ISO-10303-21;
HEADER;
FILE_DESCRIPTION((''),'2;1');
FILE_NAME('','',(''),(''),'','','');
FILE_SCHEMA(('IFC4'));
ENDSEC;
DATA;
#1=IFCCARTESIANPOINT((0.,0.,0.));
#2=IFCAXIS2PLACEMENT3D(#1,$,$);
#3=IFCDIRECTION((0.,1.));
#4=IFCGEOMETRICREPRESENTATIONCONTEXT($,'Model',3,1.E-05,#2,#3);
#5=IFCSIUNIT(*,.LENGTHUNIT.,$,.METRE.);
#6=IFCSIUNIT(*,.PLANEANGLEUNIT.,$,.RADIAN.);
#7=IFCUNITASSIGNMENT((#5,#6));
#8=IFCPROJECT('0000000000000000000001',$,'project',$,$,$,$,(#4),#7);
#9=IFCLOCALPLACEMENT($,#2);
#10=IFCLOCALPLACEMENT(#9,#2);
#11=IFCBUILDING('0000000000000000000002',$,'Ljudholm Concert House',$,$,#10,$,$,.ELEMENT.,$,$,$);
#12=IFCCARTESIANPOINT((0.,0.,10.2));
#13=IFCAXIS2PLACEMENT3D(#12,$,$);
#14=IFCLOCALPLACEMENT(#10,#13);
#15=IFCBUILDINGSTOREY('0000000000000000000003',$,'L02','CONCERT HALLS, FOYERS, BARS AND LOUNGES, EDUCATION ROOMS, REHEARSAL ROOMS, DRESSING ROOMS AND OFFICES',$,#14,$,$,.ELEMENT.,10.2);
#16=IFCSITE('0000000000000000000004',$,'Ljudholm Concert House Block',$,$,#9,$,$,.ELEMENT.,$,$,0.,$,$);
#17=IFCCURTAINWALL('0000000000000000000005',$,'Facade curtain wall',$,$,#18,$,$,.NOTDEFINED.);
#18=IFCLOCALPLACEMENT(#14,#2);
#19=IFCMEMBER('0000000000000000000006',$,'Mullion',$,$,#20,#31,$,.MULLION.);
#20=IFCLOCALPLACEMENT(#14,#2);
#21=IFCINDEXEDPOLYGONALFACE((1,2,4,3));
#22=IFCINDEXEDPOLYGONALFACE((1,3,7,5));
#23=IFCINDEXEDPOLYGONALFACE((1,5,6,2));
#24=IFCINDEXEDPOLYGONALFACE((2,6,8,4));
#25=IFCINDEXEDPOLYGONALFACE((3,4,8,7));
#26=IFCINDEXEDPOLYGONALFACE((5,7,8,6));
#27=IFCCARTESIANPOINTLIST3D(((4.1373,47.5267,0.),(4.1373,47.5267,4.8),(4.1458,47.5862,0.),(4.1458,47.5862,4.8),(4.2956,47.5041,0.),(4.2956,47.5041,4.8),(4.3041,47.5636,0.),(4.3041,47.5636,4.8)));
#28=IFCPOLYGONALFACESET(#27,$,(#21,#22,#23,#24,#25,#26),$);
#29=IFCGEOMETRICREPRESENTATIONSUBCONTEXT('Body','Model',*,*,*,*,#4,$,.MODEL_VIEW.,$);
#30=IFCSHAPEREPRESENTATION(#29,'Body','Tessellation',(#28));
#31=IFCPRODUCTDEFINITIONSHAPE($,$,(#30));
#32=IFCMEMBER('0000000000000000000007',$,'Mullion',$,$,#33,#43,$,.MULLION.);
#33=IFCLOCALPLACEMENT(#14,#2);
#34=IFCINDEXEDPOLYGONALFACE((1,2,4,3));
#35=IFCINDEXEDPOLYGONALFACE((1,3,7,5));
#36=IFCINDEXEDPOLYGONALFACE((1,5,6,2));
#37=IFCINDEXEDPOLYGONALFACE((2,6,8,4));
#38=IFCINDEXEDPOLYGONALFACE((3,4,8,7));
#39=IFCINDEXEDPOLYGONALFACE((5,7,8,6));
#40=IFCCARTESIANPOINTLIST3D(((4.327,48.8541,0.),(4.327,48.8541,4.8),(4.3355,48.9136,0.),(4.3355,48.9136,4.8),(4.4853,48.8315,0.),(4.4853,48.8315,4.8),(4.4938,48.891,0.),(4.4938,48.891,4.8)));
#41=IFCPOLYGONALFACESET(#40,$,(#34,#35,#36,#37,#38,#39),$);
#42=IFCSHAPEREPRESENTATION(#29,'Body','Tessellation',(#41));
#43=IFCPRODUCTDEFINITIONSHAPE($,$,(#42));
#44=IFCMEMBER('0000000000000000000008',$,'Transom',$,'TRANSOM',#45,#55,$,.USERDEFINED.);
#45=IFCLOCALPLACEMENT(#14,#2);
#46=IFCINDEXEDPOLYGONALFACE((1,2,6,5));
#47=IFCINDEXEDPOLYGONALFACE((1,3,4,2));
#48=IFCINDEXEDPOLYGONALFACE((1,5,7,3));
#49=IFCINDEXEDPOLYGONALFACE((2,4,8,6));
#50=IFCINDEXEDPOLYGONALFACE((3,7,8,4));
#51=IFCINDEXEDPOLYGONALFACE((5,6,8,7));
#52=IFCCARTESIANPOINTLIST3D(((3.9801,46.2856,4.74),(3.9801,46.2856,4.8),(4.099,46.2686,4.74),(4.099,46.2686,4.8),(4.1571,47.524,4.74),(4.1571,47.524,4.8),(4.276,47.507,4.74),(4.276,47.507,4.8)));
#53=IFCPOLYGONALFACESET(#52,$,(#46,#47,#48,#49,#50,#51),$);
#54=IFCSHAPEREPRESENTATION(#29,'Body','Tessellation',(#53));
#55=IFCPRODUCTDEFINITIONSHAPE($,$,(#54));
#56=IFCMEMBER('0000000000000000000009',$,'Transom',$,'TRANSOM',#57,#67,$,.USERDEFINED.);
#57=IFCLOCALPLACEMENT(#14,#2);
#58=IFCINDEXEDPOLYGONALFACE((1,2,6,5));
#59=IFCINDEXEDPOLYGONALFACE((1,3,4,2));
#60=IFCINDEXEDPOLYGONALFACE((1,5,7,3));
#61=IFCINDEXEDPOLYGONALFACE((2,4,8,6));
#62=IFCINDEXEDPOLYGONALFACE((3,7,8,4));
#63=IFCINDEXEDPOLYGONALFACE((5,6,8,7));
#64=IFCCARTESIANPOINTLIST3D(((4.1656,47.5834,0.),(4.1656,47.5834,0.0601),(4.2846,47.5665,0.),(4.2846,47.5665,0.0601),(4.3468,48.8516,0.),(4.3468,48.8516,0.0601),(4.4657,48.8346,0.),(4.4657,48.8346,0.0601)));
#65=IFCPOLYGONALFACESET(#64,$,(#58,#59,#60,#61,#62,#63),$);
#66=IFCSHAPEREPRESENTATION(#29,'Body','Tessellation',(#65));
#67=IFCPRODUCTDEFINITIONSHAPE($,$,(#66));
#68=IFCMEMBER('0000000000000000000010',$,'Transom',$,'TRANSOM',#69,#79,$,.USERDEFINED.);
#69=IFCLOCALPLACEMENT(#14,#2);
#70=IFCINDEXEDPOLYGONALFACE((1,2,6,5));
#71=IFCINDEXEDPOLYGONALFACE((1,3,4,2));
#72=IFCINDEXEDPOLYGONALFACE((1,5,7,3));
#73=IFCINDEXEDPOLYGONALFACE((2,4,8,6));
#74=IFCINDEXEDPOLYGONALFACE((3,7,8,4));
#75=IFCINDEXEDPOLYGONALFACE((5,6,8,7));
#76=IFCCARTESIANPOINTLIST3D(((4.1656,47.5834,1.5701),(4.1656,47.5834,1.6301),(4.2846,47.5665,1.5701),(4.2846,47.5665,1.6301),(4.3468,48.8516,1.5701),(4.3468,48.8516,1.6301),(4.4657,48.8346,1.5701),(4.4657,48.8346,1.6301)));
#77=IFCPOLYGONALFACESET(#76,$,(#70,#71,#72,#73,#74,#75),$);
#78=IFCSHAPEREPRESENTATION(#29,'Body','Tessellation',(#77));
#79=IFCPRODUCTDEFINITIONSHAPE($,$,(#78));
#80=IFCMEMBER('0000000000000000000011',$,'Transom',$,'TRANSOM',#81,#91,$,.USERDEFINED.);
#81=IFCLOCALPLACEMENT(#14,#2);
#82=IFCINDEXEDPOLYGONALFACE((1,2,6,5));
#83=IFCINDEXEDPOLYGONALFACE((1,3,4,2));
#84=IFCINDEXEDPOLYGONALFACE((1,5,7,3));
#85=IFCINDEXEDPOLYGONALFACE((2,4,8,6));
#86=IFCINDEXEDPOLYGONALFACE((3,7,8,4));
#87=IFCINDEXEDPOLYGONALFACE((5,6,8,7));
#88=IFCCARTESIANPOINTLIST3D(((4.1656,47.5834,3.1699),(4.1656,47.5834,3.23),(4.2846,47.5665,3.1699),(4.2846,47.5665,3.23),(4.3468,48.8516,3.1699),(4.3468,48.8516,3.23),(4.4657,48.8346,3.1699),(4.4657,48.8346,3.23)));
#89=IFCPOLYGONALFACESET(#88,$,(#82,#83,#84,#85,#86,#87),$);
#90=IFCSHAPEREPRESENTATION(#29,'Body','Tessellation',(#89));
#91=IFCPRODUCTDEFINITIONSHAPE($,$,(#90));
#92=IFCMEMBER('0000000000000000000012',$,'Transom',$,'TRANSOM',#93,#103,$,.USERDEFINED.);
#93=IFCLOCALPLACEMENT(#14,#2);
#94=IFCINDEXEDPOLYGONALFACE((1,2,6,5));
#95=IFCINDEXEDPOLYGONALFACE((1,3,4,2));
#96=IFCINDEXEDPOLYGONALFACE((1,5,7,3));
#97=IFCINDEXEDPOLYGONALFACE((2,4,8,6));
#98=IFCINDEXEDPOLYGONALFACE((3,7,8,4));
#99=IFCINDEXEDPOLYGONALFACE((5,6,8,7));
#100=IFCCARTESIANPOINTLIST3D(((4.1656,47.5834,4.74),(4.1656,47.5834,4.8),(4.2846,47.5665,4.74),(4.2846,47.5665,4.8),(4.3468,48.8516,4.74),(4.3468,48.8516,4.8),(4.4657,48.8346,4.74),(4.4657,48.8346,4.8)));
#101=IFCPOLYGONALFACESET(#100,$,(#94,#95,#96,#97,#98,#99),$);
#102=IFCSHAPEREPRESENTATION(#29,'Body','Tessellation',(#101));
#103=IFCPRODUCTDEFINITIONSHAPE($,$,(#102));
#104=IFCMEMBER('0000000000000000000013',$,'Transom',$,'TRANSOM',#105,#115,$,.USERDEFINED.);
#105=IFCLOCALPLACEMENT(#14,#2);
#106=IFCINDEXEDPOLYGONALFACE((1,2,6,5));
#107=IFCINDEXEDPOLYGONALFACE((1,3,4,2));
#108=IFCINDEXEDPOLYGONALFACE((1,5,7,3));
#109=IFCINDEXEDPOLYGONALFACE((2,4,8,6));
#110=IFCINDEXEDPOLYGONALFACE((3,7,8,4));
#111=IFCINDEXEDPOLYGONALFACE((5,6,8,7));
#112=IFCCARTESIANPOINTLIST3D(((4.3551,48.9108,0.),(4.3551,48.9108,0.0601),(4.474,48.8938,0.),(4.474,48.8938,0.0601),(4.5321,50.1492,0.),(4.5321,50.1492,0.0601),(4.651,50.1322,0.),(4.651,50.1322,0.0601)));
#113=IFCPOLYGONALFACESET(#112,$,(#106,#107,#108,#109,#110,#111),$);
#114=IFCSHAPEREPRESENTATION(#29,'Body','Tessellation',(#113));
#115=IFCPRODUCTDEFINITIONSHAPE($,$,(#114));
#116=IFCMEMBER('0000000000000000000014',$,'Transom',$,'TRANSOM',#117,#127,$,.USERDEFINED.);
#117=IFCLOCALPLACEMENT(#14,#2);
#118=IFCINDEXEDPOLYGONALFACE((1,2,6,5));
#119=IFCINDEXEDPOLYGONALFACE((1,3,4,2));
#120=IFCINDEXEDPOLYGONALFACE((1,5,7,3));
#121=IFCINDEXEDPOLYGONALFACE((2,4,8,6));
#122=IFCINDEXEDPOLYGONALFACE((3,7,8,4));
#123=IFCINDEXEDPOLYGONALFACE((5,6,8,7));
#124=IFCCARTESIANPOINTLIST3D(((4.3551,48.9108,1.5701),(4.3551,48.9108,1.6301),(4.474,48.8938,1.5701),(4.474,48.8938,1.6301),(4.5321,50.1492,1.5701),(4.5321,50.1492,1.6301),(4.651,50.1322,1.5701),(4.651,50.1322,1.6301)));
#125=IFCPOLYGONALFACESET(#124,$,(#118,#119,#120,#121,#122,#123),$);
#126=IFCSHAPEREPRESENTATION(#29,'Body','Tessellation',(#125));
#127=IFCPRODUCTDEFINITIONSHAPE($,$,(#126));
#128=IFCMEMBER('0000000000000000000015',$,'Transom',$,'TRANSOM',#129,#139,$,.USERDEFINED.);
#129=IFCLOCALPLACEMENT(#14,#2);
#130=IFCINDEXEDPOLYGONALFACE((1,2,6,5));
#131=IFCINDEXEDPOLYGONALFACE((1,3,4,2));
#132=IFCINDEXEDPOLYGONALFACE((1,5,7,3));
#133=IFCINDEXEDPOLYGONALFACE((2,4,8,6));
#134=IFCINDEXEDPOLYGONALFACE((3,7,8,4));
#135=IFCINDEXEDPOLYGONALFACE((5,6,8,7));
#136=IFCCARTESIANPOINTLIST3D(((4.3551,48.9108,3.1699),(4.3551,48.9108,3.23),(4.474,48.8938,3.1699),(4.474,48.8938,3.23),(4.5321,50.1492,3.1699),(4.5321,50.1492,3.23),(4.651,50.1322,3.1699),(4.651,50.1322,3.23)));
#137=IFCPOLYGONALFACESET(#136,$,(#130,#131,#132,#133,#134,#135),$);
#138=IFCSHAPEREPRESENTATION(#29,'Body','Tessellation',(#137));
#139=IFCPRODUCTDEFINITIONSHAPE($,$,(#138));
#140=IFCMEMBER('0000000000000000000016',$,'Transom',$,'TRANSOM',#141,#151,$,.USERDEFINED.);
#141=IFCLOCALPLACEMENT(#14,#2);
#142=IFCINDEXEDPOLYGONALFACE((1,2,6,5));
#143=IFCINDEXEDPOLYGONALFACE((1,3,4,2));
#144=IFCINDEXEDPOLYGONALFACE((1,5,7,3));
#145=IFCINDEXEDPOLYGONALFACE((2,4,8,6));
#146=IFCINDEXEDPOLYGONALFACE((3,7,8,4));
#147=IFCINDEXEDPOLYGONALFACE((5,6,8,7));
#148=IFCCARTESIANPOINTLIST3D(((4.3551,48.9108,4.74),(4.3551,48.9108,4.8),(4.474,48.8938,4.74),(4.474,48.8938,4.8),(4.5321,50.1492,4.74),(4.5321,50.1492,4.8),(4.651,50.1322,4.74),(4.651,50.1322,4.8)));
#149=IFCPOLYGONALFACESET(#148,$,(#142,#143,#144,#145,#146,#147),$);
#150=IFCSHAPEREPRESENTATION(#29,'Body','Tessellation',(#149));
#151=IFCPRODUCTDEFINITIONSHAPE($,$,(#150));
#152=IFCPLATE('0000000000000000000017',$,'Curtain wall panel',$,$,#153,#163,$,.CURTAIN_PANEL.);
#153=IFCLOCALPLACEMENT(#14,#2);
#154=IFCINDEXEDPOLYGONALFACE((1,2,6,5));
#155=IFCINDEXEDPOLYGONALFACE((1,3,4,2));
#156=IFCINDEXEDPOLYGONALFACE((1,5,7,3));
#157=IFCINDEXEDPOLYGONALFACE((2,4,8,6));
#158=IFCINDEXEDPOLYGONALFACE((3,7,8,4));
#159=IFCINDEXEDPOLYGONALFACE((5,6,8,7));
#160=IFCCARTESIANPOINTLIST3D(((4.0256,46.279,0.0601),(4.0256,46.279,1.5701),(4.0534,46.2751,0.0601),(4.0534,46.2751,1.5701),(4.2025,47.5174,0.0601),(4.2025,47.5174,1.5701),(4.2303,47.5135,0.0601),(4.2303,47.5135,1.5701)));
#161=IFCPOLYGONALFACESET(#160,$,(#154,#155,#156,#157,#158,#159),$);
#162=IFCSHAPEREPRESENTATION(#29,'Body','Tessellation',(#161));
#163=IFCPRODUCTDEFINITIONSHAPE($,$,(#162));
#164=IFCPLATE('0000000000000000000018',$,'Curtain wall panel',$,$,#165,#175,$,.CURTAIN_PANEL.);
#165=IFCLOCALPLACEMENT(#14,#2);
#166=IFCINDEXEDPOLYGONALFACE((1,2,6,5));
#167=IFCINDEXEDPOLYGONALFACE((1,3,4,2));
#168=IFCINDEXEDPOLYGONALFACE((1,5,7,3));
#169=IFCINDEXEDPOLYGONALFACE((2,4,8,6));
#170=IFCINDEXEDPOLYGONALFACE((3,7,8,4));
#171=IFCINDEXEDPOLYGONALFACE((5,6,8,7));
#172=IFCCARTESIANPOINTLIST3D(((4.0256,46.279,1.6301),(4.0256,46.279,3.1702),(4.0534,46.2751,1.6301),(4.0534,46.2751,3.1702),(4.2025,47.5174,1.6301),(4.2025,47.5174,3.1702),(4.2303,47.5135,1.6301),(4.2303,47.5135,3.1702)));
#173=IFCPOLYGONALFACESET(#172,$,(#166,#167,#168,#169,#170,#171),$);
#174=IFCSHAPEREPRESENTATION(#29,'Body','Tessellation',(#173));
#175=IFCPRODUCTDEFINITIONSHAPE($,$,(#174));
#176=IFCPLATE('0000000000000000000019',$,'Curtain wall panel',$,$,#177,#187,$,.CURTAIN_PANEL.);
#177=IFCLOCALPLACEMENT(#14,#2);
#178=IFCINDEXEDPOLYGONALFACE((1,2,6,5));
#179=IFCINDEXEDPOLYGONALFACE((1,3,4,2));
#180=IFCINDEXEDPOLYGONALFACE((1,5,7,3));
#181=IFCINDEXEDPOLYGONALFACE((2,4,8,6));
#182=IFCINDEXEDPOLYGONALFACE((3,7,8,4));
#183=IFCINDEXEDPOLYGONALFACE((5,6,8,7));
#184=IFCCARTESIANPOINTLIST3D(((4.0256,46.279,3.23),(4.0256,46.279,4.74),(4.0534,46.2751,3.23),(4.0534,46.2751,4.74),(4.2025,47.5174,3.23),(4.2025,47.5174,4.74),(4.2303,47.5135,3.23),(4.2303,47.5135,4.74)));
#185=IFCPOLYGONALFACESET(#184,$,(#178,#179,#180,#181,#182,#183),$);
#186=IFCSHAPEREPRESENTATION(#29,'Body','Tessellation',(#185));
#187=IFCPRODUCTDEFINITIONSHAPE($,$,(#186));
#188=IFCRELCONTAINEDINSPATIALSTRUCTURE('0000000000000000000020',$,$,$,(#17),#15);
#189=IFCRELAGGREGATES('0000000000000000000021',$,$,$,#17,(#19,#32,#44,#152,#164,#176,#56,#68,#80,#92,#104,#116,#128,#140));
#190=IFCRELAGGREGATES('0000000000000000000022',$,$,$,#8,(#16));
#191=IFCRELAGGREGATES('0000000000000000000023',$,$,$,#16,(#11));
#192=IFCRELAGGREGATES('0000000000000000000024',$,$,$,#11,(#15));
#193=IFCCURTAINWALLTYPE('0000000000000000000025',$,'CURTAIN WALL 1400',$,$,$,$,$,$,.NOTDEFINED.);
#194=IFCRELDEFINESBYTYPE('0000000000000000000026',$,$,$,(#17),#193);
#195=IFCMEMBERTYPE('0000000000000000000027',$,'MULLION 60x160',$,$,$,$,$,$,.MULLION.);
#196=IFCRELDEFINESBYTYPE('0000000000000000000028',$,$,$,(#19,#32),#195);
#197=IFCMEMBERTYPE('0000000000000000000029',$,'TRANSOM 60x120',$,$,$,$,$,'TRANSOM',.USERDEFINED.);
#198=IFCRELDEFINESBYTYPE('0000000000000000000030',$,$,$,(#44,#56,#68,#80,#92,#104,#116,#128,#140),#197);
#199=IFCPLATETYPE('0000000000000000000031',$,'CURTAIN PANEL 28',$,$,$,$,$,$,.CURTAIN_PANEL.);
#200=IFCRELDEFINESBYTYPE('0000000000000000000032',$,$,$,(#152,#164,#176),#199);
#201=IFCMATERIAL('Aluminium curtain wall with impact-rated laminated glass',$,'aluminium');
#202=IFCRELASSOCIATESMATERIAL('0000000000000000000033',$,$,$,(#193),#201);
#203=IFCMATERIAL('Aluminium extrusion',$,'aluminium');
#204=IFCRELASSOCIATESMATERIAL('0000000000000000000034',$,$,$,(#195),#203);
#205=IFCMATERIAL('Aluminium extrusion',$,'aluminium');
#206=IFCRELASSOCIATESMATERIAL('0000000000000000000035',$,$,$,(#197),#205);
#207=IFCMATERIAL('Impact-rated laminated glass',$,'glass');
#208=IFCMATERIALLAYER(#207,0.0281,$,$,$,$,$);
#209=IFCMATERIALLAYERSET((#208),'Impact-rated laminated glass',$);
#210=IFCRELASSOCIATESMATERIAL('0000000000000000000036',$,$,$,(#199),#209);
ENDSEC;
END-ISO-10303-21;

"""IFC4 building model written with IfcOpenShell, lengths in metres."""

from ifc_helpers import new_model, si_unit, direction, frame, origin, origin_2d, place, context, subcontext, project, spatial, rectangle, extrude, material, layer, layer_set, material_profile, profile_set, type_object, element, aggregate, save


model = new_model("IFC4")

# Units and contexts
model_context = context("Model", 3, precision=1e-05, world=origin(), true_north=direction((0.0, 1.0)))
body_context = subcontext(model_context, "Body", "Model", "MODEL_VIEW")
ifc_project = project(units=[si_unit("LENGTHUNIT", "METRE"), si_unit("PLANEANGLEUNIT", "RADIAN")], contexts=[model_context])

# Site, building, storey
site_placement = place(None, origin())
site = spatial("IfcSite", under=ifc_project, at=site_placement, Name="Ljudholm Concert House Block", CompositionType="ELEMENT", RefElevation=0.0)
building_placement = place(site_placement, origin())
building = spatial("IfcBuilding", under=site, at=building_placement, Name="Ljudholm Concert House", CompositionType="ELEMENT")
storey_placement = place(building_placement, frame((0.0, 0.0, 10.2)))
storey = spatial("IfcBuildingStorey", under=building, at=storey_placement, Name="L02", Description="CONCERT HALLS, FOYERS, BARS AND LOUNGES, EDUCATION ROOMS, REHEARSAL ROOMS, DRESSING ROOMS AND OFFICES", CompositionType="ELEMENT", Elevation=10.2)

# Curtain wall, members, plates
ifc_material_1 = material(Name="Aluminium curtain wall with impact-rated laminated glass", Category="aluminium")
curtain_wall_type = type_object("IfcCurtainWallType", Name="CURTAIN WALL 1400", PredefinedType="NOTDEFINED", material=ifc_material_1)
curtain_wall_placement = place(storey_placement, origin())
curtain_wall = element("IfcCurtainWall", 1, at=curtain_wall_placement, inside=storey, type_object=curtain_wall_type, Name="Facade curtain wall", PredefinedType="NOTDEFINED")
ifc_material_2 = material(Name="Aluminium extrusion", Category="aluminium")
ifc_material_profile_1 = material_profile(ifc_material_2, rectangle(XDim=0.1599, YDim=0.0601, at=origin_2d()), Name="MULLION 60x160")
ifc_profile_set_1 = profile_set([ifc_material_profile_1], Name="Aluminium extrusion")
member_type_1 = type_object("IfcMemberType", Name="MULLION 60x160", PredefinedType="MULLION", material=ifc_profile_set_1)
member_1_placement = place(storey_placement, frame((4.2207, 47.5452, 0.0), z_axis=(0.0, 0.0, 1.0), x_axis=(-0.989949, 0.141421, 0.0)))
member_1 = element("IfcMember", 2, at=member_1_placement, type_object=member_type_1, Name="Mullion", PredefinedType="MULLION", context=body_context, shape_type="SweptSolid", body=[
    extrude(rectangle(XDim=0.1599, YDim=0.0601, at=origin_2d()), origin(), (0.0, 0.0, 1.0), 4.8),
])
member_2_placement = place(storey_placement, frame((4.4104, 48.8726, 0.0), z_axis=(0.0, 0.0, 1.0), x_axis=(-0.989949, 0.141421, 0.0)))
member_2 = element("IfcMember", 3, at=member_2_placement, type_object=member_type_1, Name="Mullion", PredefinedType="MULLION", context=body_context, shape_type="SweptSolid", body=[
    extrude(rectangle(XDim=0.1599, YDim=0.0601, at=origin_2d()), origin(), (0.0, 0.0, 1.0), 4.8),
])
ifc_material_3 = material(Name="Aluminium extrusion", Category="aluminium")
ifc_material_profile_2 = material_profile(ifc_material_3, rectangle(XDim=0.1201, YDim=0.0601, at=origin_2d()), Name="TRANSOM 60x120")
ifc_profile_set_2 = profile_set([ifc_material_profile_2], Name="Aluminium extrusion")
member_type_2 = type_object("IfcMemberType", Name="TRANSOM 60x120", ElementType="TRANSOM", PredefinedType="USERDEFINED", material=ifc_profile_set_2)
member_3_placement = place(storey_placement, frame((4.0396, 46.2771, 4.77), z_axis=(0.141503, 0.989938, 0.0), x_axis=(-0.989938, 0.141503, 0.0)))
member_3 = element("IfcMember", 4, at=member_3_placement, type_object=member_type_2, Name="Transom", ObjectType="TRANSOM", PredefinedType="USERDEFINED", context=body_context, shape_type="SweptSolid", body=[
    extrude(rectangle(XDim=0.1201, YDim=0.0601, at=origin_2d()), origin(), (0.0, 0.0, 1.0), 1.251),
])
member_4_placement = place(storey_placement, frame((4.2251, 47.575, 0.03), z_axis=(0.141421, 0.989949, 0.0), x_axis=(-0.989949, 0.141421, 0.0)))
member_4 = element("IfcMember", 5, at=member_4_placement, type_object=member_type_2, Name="Transom", ObjectType="TRANSOM", PredefinedType="USERDEFINED", context=body_context, shape_type="SweptSolid", body=[
    extrude(rectangle(XDim=0.1201, YDim=0.0601, at=origin_2d()), origin(), (0.0, 0.0, 1.0), 1.281),
])
member_5_placement = place(storey_placement, frame((4.2251, 47.575, 1.6001), z_axis=(0.141421, 0.989949, 0.0), x_axis=(-0.989949, 0.141421, 0.0)))
member_5 = element("IfcMember", 6, at=member_5_placement, type_object=member_type_2, Name="Transom", ObjectType="TRANSOM", PredefinedType="USERDEFINED", context=body_context, shape_type="SweptSolid", body=[
    extrude(rectangle(XDim=0.1201, YDim=0.0601, at=origin_2d()), origin(), (0.0, 0.0, 1.0), 1.281),
])
member_6_placement = place(storey_placement, frame((4.2251, 47.575, 3.2), z_axis=(0.141421, 0.989949, 0.0), x_axis=(-0.989949, 0.141421, 0.0)))
member_6 = element("IfcMember", 7, at=member_6_placement, type_object=member_type_2, Name="Transom", ObjectType="TRANSOM", PredefinedType="USERDEFINED", context=body_context, shape_type="SweptSolid", body=[
    extrude(rectangle(XDim=0.1201, YDim=0.0601, at=origin_2d()), origin(), (0.0, 0.0, 1.0), 1.281),
])
member_7_placement = place(storey_placement, frame((4.2251, 47.575, 4.77), z_axis=(0.141421, 0.989949, 0.0), x_axis=(-0.989949, 0.141421, 0.0)))
member_7 = element("IfcMember", 8, at=member_7_placement, type_object=member_type_2, Name="Transom", ObjectType="TRANSOM", PredefinedType="USERDEFINED", context=body_context, shape_type="SweptSolid", body=[
    extrude(rectangle(XDim=0.1201, YDim=0.0601, at=origin_2d()), origin(), (0.0, 0.0, 1.0), 1.281),
])
member_8_placement = place(storey_placement, frame((4.4146, 48.9023, 0.03), z_axis=(0.141503, 0.989938, 0.0), x_axis=(-0.989938, 0.141503, 0.0)))
member_8 = element("IfcMember", 9, at=member_8_placement, type_object=member_type_2, Name="Transom", ObjectType="TRANSOM", PredefinedType="USERDEFINED", context=body_context, shape_type="SweptSolid", body=[
    extrude(rectangle(XDim=0.1201, YDim=0.0601, at=origin_2d()), origin(), (0.0, 0.0, 1.0), 1.251),
])
member_9_placement = place(storey_placement, frame((4.4146, 48.9023, 1.6001), z_axis=(0.141503, 0.989938, 0.0), x_axis=(-0.989938, 0.141503, 0.0)))
member_9 = element("IfcMember", 10, at=member_9_placement, type_object=member_type_2, Name="Transom", ObjectType="TRANSOM", PredefinedType="USERDEFINED", context=body_context, shape_type="SweptSolid", body=[
    extrude(rectangle(XDim=0.1201, YDim=0.0601, at=origin_2d()), origin(), (0.0, 0.0, 1.0), 1.251),
])
member_10_placement = place(storey_placement, frame((4.4146, 48.9023, 3.2), z_axis=(0.141503, 0.989938, 0.0), x_axis=(-0.989938, 0.141503, 0.0)))
member_10 = element("IfcMember", 11, at=member_10_placement, type_object=member_type_2, Name="Transom", ObjectType="TRANSOM", PredefinedType="USERDEFINED", context=body_context, shape_type="SweptSolid", body=[
    extrude(rectangle(XDim=0.1201, YDim=0.0601, at=origin_2d()), origin(), (0.0, 0.0, 1.0), 1.251),
])
member_11_placement = place(storey_placement, frame((4.4146, 48.9023, 4.77), z_axis=(0.141503, 0.989938, 0.0), x_axis=(-0.989938, 0.141503, 0.0)))
member_11 = element("IfcMember", 12, at=member_11_placement, type_object=member_type_2, Name="Transom", ObjectType="TRANSOM", PredefinedType="USERDEFINED", context=body_context, shape_type="SweptSolid", body=[
    extrude(rectangle(XDim=0.1201, YDim=0.0601, at=origin_2d()), origin(), (0.0, 0.0, 1.0), 1.251),
])
ifc_material_4 = material(Name="Impact-rated laminated glass", Category="glass")
ifc_layer = layer(ifc_material_4, 0.0281)
ifc_layer_set = layer_set([ifc_layer], Name="Impact-rated laminated glass")
plate_type = type_object("IfcPlateType", Name="CURTAIN PANEL 28", PredefinedType="CURTAIN_PANEL", material=ifc_layer_set)
plate_1_placement = place(storey_placement, frame((4.1279, 46.8962, 0.0601), z_axis=(0.0, 0.0, 1.0), x_axis=(0.141421, 0.989949, 0.0)))
plate_1 = element("IfcPlate", 13, at=plate_1_placement, type_object=plate_type, Name="Curtain wall panel", PredefinedType="CURTAIN_PANEL", context=body_context, shape_type="SweptSolid", body=[
    extrude(rectangle(XDim=1.251, YDim=0.0281, at=origin_2d()), origin(), (0.0, 0.0, 1.0), 1.51),
])
plate_2_placement = place(storey_placement, frame((4.1279, 46.8962, 1.6301), z_axis=(0.0, 0.0, 1.0), x_axis=(0.141421, 0.989949, 0.0)))
plate_2 = element("IfcPlate", 14, at=plate_2_placement, type_object=plate_type, Name="Curtain wall panel", PredefinedType="CURTAIN_PANEL", context=body_context, shape_type="SweptSolid", body=[
    extrude(rectangle(XDim=1.251, YDim=0.0281, at=origin_2d()), origin(), (0.0, 0.0, 1.0), 1.54),
])
plate_3_placement = place(storey_placement, frame((4.1279, 46.8962, 3.23), z_axis=(0.0, 0.0, 1.0), x_axis=(0.141421, 0.989949, 0.0)))
plate_3 = element("IfcPlate", 15, at=plate_3_placement, type_object=plate_type, Name="Curtain wall panel", PredefinedType="CURTAIN_PANEL", context=body_context, shape_type="SweptSolid", body=[
    extrude(rectangle(XDim=1.251, YDim=0.0281, at=origin_2d()), origin(), (0.0, 0.0, 1.0), 1.51),
])
aggregate(curtain_wall, [member_1, member_2, member_3, plate_1, plate_2, plate_3, member_4, member_5, member_6, member_7, member_8, member_9, member_10, member_11])

save(model, "model.ifc")
